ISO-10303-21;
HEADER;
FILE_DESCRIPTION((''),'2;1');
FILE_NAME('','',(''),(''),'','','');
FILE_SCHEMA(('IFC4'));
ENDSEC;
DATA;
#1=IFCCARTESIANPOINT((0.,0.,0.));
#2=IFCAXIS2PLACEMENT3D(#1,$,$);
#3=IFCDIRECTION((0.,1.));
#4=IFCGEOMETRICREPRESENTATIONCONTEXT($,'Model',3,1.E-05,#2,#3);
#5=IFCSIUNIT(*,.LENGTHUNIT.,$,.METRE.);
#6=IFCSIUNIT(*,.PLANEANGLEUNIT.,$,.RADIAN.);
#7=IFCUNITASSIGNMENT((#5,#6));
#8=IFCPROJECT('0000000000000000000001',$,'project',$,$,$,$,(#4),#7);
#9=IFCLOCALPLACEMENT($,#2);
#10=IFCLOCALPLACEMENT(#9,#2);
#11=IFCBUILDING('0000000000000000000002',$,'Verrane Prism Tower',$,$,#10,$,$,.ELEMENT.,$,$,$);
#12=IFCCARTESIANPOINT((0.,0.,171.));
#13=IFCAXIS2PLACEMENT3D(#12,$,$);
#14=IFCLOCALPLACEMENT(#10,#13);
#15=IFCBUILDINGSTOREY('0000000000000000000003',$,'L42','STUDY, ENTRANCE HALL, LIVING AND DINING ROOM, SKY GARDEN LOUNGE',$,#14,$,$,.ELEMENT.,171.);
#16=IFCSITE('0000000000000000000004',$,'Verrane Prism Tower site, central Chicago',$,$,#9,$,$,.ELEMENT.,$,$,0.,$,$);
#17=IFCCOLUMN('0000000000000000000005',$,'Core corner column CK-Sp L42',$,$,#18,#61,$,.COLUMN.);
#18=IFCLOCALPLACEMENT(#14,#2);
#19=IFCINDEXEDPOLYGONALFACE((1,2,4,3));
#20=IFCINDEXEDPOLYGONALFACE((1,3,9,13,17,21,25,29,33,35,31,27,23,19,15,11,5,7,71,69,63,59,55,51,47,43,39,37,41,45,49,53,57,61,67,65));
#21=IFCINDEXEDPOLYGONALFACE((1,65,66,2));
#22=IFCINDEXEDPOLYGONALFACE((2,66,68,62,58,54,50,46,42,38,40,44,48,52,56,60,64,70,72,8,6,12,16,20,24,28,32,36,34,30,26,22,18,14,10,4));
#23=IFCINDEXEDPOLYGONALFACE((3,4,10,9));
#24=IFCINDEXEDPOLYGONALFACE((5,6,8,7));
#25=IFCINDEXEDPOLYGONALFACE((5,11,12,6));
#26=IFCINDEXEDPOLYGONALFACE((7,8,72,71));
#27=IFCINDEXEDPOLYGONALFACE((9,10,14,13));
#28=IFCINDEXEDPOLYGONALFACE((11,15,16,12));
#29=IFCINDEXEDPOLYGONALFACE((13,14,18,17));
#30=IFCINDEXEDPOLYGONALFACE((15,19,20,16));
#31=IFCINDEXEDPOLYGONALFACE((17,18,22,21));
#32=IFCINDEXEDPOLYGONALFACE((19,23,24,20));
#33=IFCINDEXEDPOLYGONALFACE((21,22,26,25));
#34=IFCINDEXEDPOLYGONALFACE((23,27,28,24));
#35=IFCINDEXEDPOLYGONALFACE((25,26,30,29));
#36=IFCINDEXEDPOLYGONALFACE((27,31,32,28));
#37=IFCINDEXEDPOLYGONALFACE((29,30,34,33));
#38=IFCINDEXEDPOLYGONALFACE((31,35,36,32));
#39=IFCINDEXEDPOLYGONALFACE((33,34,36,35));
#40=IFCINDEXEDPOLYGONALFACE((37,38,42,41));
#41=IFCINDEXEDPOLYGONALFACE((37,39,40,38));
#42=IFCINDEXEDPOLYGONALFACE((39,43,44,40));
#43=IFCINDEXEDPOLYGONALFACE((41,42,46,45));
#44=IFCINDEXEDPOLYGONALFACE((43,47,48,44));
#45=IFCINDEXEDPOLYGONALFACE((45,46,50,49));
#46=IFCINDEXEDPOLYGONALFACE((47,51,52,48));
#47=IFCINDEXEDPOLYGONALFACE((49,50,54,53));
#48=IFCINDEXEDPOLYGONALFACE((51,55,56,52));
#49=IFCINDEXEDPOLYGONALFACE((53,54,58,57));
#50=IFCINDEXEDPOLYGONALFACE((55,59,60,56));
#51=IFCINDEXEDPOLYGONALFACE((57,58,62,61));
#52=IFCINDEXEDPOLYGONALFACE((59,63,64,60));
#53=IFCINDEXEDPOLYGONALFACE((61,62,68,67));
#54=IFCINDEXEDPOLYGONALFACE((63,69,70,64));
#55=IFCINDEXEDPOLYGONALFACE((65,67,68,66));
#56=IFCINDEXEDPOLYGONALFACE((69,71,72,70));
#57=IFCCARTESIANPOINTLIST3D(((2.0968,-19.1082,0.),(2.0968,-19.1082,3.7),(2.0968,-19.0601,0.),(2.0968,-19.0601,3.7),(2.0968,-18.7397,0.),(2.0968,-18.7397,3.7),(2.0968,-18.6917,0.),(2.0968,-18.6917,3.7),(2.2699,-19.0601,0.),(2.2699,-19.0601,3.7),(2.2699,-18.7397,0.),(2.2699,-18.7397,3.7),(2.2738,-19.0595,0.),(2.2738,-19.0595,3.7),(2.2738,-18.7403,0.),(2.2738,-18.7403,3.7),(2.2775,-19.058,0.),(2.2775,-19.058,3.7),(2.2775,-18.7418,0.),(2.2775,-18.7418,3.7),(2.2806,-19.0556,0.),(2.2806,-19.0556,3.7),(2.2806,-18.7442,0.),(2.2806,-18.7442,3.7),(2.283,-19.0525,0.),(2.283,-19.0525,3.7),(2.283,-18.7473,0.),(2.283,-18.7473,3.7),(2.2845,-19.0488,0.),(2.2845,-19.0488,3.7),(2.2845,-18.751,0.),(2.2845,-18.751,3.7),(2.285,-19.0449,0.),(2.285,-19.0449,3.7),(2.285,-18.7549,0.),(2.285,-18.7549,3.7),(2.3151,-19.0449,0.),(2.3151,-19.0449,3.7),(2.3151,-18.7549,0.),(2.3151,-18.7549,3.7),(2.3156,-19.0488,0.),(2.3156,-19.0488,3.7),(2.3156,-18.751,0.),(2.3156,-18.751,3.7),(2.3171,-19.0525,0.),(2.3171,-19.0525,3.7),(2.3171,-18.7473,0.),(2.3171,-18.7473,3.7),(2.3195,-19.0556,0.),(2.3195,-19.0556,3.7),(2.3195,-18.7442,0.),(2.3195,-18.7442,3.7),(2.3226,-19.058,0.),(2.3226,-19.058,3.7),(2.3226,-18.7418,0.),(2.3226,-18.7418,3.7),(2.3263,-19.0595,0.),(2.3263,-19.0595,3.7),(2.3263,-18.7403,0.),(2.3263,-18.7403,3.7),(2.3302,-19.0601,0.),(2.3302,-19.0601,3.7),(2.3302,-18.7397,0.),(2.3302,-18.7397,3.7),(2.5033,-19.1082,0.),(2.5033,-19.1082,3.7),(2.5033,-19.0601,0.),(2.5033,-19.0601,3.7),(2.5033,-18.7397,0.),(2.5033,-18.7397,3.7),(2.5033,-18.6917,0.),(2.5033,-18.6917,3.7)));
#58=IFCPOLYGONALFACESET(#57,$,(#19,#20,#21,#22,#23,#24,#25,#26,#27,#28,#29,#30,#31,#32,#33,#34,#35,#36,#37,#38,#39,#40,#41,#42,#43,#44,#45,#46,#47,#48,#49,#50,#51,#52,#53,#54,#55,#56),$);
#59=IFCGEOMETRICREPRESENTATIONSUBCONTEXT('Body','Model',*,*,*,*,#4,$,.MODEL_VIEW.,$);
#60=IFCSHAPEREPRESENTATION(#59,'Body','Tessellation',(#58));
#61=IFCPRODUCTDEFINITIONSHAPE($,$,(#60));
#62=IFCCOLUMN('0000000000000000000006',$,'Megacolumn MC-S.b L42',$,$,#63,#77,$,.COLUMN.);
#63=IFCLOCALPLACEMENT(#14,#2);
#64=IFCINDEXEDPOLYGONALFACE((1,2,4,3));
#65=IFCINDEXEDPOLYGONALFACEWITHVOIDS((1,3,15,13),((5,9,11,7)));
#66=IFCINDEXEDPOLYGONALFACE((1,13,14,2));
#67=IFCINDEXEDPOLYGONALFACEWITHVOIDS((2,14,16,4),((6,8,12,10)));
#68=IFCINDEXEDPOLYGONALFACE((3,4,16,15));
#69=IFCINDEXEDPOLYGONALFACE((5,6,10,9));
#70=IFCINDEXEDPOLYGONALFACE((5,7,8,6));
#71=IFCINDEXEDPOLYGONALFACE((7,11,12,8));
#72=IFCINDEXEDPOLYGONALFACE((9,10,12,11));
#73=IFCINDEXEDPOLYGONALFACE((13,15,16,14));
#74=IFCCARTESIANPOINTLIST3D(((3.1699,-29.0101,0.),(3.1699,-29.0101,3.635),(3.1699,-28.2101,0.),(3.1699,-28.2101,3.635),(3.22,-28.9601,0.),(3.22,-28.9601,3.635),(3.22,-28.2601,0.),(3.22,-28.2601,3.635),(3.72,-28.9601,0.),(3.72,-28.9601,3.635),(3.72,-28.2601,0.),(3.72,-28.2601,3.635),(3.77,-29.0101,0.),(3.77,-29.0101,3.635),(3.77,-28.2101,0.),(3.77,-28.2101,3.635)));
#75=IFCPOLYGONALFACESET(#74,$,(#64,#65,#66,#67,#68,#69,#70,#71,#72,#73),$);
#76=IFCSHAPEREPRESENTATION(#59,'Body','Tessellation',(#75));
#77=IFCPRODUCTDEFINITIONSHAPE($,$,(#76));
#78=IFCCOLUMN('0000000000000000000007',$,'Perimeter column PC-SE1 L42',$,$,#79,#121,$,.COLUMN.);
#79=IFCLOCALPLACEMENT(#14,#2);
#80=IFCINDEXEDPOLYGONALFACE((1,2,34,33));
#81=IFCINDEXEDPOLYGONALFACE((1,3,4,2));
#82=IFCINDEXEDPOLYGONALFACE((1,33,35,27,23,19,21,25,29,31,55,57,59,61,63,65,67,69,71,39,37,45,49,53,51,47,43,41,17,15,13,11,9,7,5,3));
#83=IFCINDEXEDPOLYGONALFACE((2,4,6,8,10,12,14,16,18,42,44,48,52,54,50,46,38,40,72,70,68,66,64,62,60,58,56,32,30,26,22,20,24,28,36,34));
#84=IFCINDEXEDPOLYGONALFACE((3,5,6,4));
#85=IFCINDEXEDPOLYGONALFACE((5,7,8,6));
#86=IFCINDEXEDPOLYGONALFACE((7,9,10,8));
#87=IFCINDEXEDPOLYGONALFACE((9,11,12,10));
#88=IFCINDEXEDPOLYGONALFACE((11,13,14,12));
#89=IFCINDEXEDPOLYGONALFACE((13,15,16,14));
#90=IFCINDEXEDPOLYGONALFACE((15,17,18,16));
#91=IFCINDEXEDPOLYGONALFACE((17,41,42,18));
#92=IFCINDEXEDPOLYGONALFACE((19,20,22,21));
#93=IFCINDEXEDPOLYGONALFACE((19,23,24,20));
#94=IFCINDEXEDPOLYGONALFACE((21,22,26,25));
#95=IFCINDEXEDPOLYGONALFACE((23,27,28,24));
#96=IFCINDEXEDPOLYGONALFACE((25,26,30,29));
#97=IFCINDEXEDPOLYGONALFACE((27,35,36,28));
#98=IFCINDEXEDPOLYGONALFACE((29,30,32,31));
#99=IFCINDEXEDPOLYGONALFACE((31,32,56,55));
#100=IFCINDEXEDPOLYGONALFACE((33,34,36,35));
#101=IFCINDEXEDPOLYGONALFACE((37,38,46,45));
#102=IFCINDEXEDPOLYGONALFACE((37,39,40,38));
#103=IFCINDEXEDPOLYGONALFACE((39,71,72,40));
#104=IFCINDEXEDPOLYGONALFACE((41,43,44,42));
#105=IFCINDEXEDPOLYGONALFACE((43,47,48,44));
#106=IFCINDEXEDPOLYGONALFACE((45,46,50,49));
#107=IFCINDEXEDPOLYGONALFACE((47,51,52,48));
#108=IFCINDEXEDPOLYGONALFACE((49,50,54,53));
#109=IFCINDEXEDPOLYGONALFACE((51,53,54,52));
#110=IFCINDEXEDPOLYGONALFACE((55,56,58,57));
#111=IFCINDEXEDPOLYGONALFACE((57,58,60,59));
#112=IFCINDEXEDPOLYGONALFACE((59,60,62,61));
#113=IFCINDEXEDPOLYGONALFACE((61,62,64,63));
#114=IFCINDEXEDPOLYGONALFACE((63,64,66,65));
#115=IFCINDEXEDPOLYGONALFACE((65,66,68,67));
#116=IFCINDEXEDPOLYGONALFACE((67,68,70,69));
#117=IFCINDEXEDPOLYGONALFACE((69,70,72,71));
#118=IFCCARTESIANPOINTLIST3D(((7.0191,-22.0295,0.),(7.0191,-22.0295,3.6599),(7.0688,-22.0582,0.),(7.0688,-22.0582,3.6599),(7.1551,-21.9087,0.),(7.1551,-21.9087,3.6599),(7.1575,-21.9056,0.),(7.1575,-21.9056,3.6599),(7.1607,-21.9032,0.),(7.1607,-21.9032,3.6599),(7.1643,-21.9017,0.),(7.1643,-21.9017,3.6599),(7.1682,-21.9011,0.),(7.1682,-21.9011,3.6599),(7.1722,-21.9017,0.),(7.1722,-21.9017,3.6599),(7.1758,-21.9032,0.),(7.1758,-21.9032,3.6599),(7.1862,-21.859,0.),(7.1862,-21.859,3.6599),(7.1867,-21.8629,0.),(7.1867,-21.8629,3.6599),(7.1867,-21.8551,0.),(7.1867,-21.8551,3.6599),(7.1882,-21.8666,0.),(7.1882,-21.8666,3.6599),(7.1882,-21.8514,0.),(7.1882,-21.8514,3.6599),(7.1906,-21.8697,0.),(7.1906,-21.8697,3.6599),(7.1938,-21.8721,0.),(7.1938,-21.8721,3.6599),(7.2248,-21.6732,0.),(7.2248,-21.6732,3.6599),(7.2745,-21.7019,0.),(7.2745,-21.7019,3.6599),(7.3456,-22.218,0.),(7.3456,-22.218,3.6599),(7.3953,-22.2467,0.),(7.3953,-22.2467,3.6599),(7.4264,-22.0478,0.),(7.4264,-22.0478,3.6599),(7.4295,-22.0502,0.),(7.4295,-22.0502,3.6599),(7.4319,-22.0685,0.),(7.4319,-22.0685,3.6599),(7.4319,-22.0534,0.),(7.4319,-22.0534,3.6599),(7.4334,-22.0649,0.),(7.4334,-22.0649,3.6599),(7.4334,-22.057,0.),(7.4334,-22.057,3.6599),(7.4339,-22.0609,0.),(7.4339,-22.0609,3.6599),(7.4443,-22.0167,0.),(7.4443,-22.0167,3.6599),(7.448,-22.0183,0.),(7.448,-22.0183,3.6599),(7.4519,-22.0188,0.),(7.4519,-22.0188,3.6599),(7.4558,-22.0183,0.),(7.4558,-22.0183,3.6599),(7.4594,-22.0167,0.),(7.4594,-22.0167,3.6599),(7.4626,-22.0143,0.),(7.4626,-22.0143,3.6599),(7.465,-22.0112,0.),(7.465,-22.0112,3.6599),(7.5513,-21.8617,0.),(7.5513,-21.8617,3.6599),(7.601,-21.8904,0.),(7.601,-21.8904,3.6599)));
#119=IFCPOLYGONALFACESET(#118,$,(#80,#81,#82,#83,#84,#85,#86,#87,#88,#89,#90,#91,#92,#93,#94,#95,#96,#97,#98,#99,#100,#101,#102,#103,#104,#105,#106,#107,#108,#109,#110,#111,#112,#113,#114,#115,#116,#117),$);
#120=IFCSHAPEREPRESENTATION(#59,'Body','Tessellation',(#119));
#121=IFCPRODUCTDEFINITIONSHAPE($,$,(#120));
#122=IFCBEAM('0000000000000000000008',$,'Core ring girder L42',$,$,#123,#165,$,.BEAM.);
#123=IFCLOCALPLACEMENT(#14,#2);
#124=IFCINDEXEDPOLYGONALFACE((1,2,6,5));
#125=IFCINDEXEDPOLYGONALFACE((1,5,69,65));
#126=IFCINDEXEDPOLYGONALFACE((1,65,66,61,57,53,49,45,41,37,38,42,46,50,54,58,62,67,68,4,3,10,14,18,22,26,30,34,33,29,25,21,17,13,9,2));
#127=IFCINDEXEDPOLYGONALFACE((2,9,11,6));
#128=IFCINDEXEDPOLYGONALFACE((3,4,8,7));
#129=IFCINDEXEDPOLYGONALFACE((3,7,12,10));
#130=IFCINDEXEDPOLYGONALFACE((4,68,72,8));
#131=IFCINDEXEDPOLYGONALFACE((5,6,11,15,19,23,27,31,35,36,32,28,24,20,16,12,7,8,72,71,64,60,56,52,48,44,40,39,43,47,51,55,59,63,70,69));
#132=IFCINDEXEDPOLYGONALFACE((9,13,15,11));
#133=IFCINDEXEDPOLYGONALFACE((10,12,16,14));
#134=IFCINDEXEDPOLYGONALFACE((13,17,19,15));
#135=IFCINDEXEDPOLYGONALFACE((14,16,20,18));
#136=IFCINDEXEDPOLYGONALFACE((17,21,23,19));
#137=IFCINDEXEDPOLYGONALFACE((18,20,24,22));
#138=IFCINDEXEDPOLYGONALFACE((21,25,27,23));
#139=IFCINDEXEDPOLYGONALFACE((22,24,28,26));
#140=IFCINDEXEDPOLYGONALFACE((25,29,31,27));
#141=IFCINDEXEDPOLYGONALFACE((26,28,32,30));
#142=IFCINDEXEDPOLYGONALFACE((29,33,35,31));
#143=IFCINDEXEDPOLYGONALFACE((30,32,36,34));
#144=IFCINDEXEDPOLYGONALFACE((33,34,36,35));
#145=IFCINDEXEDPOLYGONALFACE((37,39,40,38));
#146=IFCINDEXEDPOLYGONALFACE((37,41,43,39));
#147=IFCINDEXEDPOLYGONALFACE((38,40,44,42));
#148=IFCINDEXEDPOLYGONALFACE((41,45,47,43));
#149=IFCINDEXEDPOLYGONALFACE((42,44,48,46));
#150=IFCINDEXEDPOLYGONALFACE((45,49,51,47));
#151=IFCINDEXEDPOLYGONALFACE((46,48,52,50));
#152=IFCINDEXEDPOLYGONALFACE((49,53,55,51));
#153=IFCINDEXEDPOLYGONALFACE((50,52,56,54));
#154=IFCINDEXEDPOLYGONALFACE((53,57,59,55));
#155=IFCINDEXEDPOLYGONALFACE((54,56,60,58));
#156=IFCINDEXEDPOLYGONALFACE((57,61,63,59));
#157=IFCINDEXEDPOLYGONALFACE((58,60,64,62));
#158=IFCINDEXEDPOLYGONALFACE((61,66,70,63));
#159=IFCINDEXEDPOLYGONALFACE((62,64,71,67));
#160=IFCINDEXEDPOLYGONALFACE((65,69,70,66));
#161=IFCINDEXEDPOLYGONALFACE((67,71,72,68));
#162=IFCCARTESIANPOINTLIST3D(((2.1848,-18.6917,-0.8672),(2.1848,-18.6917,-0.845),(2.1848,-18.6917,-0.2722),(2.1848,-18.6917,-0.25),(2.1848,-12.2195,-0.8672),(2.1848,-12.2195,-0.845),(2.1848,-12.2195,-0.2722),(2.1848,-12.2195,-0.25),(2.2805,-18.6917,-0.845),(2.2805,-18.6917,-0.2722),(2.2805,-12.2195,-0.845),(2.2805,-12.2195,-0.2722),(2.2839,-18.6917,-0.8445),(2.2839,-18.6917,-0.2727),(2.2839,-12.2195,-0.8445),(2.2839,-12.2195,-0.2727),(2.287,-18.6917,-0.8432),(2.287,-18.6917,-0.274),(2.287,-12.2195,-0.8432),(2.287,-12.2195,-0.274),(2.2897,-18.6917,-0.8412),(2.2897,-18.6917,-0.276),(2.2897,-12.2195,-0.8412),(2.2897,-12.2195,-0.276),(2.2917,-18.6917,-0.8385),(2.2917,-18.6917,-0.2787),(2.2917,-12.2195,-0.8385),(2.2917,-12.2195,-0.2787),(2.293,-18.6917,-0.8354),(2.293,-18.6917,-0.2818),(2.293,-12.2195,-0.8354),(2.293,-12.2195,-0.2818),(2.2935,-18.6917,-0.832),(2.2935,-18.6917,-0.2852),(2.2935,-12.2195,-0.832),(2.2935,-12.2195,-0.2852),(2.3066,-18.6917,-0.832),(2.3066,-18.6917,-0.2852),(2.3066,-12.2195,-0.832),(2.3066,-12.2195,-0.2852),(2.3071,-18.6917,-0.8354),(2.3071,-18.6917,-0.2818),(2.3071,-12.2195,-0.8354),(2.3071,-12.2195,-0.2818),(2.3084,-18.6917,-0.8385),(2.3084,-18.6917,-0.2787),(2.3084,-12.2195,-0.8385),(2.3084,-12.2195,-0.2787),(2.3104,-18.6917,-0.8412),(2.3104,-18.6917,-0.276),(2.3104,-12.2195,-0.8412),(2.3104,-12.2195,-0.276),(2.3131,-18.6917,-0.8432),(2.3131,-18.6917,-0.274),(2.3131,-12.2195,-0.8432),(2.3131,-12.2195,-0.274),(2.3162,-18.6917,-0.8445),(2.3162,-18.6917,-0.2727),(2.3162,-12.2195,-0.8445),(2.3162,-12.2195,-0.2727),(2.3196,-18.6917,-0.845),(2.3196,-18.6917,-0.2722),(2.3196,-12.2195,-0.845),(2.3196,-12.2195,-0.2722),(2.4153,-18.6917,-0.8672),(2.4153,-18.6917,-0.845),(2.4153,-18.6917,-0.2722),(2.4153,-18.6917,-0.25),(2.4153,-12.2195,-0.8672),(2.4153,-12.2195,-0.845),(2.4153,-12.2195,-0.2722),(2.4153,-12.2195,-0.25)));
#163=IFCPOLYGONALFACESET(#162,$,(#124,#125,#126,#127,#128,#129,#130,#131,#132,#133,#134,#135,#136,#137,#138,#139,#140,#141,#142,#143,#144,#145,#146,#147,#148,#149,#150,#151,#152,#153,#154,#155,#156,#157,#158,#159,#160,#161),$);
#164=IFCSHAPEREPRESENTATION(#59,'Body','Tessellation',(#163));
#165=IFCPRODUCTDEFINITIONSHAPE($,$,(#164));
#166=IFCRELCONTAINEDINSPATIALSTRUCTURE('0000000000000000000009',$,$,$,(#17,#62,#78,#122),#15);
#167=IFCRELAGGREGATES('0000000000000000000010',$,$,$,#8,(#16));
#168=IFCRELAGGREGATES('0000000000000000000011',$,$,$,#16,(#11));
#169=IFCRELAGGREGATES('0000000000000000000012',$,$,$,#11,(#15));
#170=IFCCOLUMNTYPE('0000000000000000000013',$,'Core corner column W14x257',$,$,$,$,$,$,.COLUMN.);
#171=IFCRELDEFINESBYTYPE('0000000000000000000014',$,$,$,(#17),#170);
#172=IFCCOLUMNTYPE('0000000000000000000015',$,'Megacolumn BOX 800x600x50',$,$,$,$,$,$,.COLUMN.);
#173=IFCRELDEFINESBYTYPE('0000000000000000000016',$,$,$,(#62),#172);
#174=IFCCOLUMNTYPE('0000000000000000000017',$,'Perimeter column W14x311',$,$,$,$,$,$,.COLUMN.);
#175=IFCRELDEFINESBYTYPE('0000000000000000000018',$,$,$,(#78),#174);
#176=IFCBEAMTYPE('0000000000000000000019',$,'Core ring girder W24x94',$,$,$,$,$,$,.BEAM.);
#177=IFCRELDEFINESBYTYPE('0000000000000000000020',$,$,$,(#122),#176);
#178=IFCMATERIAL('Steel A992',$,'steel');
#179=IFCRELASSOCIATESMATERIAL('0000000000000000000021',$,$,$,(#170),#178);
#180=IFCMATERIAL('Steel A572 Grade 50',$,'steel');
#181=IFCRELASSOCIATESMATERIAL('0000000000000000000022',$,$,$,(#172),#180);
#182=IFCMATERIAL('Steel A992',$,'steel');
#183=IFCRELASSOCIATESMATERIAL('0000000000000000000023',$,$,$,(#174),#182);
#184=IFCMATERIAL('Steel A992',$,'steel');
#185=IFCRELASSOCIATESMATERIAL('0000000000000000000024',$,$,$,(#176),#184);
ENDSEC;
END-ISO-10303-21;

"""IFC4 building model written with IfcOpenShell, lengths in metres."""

from ifc_helpers import new_model, si_unit, direction, frame, origin, origin_2d, place, context, subcontext, project, spatial, hollow_rectangle, i_section, extrude, material, material_profile, profile_set, type_object, element, save


model = new_model("IFC4")

# Units and contexts
model_context = context("Model", 3, precision=1e-05, world=origin(), true_north=direction((0.0, 1.0)))
body_context = subcontext(model_context, "Body", "Model", "MODEL_VIEW")
ifc_project = project(units=[si_unit("LENGTHUNIT", "METRE"), si_unit("PLANEANGLEUNIT", "RADIAN")], contexts=[model_context])

# Site, building, storey
site_placement = place(None, origin())
site = spatial("IfcSite", under=ifc_project, at=site_placement, Name="Verrane Prism Tower site, central Chicago", CompositionType="ELEMENT", RefElevation=0.0)
building_placement = place(site_placement, origin())
building = spatial("IfcBuilding", under=site, at=building_placement, Name="Verrane Prism Tower", CompositionType="ELEMENT")
storey_placement = place(building_placement, frame((0.0, 0.0, 171.0)))
storey = spatial("IfcBuildingStorey", under=building, at=storey_placement, Name="L42", Description="STUDY, ENTRANCE HALL, LIVING AND DINING ROOM, SKY GARDEN LOUNGE", CompositionType="ELEMENT", Elevation=171.0)

# Columns
ifc_material_1 = material(Name="Steel A992", Category="steel")
ifc_material_profile_1 = material_profile(ifc_material_1, i_section(OverallWidth=0.4065, OverallDepth=0.4165, WebThickness=0.03, FlangeThickness=0.0481, FilletRadius=0.0151, at=origin_2d()), Name="W14x257")
ifc_profile_set_1 = profile_set([ifc_material_profile_1], Name="Steel A992")
column_type_1 = type_object("IfcColumnType", Name="Core corner column W14x257", PredefinedType="COLUMN", material=ifc_profile_set_1)
column_1_placement = place(storey_placement, frame((2.3, -18.8999, 0.0), z_axis=(0.0, 0.0, 1.0), x_axis=(-1.0, 0.0, 0.0)))
element("IfcColumn", 1, at=column_1_placement, inside=storey, type_object=column_type_1, Name="Core corner column CK-Sp L42", PredefinedType="COLUMN", context=body_context, shape_type="SweptSolid", body=[
    extrude(i_section(OverallWidth=0.4065, OverallDepth=0.4165, WebThickness=0.03, FlangeThickness=0.0481, FilletRadius=0.0151, at=origin_2d()), origin(), (0.0, 0.0, 1.0), 3.7),
])
ifc_material_2 = material(Name="Steel A572 Grade 50", Category="steel")
ifc_material_profile_2 = material_profile(ifc_material_2, hollow_rectangle(XDim=0.6001, YDim=0.8, WallThickness=0.05, at=origin_2d()), Name="BOX 800x600x50")
ifc_profile_set_2 = profile_set([ifc_material_profile_2], Name="Steel A572 Grade 50")
column_type_2 = type_object("IfcColumnType", Name="Megacolumn BOX 800x600x50", PredefinedType="COLUMN", material=ifc_profile_set_2)
column_2_placement = place(storey_placement, frame((3.47, -28.6101, 0.0), z_axis=(0.0, 0.0, 1.0), x_axis=(-1.0, 0.0, 0.0)))
element("IfcColumn", 2, at=column_2_placement, inside=storey, type_object=column_type_2, Name="Megacolumn MC-S.b L42", PredefinedType="COLUMN", context=body_context, shape_type="SweptSolid", body=[
    extrude(hollow_rectangle(XDim=0.6001, YDim=0.8, WallThickness=0.05, at=origin_2d()), origin(), (0.0, 0.0, 1.0), 3.635),
])
ifc_material_3 = material(Name="Steel A992", Category="steel")
ifc_material_profile_3 = material_profile(ifc_material_3, i_section(OverallWidth=0.4114, OverallDepth=0.4343, WebThickness=0.0359, FlangeThickness=0.0574, FilletRadius=0.0151, at=origin_2d()), Name="W14x311")
ifc_profile_set_3 = profile_set([ifc_material_profile_3], Name="Steel A992")
column_type_3 = type_object("IfcColumnType", Name="Perimeter column W14x311", PredefinedType="COLUMN", material=ifc_profile_set_3)
column_3_placement = place(storey_placement, frame((7.3101, -21.96, 0.0), z_axis=(0.0, 0.0, 1.0), x_axis=(-0.5, -0.866025, 0.0)))
element("IfcColumn", 3, at=column_3_placement, inside=storey, type_object=column_type_3, Name="Perimeter column PC-SE1 L42", PredefinedType="COLUMN", context=body_context, shape_type="SweptSolid", body=[
    extrude(i_section(OverallWidth=0.4114, OverallDepth=0.4343, WebThickness=0.0359, FlangeThickness=0.0574, FilletRadius=0.0151, at=origin_2d()), origin(), (0.0, 0.0, 1.0), 3.6599),
])

# Beam
ifc_material_4 = material(Name="Steel A992", Category="steel")
ifc_material_profile_4 = material_profile(ifc_material_4, i_section(OverallWidth=0.2305, OverallDepth=0.6172, WebThickness=0.0132, FlangeThickness=0.0222, FilletRadius=0.0129, at=origin_2d()), Name="W24x94")
ifc_profile_set_4 = profile_set([ifc_material_profile_4], Name="Steel A992")
beam_type_1 = type_object("IfcBeamType", Name="Core ring girder W24x94", PredefinedType="BEAM", material=ifc_profile_set_4)
beam_1_placement = place(storey_placement, frame((2.3, -18.6917, -0.5586), z_axis=(0.0, 1.0, 0.0), x_axis=(-1.0, 0.0, 0.0)))
element("IfcBeam", 4, at=beam_1_placement, inside=storey, type_object=beam_type_1, Name="Core ring girder L42", PredefinedType="BEAM", context=body_context, shape_type="SweptSolid", body=[
    extrude(i_section(OverallWidth=0.2305, OverallDepth=0.6172, WebThickness=0.0132, FlangeThickness=0.0222, FilletRadius=0.0129, at=origin_2d()), origin(), (0.0, 0.0, 1.0), 6.4722),
])

save(model, "model.ifc")
